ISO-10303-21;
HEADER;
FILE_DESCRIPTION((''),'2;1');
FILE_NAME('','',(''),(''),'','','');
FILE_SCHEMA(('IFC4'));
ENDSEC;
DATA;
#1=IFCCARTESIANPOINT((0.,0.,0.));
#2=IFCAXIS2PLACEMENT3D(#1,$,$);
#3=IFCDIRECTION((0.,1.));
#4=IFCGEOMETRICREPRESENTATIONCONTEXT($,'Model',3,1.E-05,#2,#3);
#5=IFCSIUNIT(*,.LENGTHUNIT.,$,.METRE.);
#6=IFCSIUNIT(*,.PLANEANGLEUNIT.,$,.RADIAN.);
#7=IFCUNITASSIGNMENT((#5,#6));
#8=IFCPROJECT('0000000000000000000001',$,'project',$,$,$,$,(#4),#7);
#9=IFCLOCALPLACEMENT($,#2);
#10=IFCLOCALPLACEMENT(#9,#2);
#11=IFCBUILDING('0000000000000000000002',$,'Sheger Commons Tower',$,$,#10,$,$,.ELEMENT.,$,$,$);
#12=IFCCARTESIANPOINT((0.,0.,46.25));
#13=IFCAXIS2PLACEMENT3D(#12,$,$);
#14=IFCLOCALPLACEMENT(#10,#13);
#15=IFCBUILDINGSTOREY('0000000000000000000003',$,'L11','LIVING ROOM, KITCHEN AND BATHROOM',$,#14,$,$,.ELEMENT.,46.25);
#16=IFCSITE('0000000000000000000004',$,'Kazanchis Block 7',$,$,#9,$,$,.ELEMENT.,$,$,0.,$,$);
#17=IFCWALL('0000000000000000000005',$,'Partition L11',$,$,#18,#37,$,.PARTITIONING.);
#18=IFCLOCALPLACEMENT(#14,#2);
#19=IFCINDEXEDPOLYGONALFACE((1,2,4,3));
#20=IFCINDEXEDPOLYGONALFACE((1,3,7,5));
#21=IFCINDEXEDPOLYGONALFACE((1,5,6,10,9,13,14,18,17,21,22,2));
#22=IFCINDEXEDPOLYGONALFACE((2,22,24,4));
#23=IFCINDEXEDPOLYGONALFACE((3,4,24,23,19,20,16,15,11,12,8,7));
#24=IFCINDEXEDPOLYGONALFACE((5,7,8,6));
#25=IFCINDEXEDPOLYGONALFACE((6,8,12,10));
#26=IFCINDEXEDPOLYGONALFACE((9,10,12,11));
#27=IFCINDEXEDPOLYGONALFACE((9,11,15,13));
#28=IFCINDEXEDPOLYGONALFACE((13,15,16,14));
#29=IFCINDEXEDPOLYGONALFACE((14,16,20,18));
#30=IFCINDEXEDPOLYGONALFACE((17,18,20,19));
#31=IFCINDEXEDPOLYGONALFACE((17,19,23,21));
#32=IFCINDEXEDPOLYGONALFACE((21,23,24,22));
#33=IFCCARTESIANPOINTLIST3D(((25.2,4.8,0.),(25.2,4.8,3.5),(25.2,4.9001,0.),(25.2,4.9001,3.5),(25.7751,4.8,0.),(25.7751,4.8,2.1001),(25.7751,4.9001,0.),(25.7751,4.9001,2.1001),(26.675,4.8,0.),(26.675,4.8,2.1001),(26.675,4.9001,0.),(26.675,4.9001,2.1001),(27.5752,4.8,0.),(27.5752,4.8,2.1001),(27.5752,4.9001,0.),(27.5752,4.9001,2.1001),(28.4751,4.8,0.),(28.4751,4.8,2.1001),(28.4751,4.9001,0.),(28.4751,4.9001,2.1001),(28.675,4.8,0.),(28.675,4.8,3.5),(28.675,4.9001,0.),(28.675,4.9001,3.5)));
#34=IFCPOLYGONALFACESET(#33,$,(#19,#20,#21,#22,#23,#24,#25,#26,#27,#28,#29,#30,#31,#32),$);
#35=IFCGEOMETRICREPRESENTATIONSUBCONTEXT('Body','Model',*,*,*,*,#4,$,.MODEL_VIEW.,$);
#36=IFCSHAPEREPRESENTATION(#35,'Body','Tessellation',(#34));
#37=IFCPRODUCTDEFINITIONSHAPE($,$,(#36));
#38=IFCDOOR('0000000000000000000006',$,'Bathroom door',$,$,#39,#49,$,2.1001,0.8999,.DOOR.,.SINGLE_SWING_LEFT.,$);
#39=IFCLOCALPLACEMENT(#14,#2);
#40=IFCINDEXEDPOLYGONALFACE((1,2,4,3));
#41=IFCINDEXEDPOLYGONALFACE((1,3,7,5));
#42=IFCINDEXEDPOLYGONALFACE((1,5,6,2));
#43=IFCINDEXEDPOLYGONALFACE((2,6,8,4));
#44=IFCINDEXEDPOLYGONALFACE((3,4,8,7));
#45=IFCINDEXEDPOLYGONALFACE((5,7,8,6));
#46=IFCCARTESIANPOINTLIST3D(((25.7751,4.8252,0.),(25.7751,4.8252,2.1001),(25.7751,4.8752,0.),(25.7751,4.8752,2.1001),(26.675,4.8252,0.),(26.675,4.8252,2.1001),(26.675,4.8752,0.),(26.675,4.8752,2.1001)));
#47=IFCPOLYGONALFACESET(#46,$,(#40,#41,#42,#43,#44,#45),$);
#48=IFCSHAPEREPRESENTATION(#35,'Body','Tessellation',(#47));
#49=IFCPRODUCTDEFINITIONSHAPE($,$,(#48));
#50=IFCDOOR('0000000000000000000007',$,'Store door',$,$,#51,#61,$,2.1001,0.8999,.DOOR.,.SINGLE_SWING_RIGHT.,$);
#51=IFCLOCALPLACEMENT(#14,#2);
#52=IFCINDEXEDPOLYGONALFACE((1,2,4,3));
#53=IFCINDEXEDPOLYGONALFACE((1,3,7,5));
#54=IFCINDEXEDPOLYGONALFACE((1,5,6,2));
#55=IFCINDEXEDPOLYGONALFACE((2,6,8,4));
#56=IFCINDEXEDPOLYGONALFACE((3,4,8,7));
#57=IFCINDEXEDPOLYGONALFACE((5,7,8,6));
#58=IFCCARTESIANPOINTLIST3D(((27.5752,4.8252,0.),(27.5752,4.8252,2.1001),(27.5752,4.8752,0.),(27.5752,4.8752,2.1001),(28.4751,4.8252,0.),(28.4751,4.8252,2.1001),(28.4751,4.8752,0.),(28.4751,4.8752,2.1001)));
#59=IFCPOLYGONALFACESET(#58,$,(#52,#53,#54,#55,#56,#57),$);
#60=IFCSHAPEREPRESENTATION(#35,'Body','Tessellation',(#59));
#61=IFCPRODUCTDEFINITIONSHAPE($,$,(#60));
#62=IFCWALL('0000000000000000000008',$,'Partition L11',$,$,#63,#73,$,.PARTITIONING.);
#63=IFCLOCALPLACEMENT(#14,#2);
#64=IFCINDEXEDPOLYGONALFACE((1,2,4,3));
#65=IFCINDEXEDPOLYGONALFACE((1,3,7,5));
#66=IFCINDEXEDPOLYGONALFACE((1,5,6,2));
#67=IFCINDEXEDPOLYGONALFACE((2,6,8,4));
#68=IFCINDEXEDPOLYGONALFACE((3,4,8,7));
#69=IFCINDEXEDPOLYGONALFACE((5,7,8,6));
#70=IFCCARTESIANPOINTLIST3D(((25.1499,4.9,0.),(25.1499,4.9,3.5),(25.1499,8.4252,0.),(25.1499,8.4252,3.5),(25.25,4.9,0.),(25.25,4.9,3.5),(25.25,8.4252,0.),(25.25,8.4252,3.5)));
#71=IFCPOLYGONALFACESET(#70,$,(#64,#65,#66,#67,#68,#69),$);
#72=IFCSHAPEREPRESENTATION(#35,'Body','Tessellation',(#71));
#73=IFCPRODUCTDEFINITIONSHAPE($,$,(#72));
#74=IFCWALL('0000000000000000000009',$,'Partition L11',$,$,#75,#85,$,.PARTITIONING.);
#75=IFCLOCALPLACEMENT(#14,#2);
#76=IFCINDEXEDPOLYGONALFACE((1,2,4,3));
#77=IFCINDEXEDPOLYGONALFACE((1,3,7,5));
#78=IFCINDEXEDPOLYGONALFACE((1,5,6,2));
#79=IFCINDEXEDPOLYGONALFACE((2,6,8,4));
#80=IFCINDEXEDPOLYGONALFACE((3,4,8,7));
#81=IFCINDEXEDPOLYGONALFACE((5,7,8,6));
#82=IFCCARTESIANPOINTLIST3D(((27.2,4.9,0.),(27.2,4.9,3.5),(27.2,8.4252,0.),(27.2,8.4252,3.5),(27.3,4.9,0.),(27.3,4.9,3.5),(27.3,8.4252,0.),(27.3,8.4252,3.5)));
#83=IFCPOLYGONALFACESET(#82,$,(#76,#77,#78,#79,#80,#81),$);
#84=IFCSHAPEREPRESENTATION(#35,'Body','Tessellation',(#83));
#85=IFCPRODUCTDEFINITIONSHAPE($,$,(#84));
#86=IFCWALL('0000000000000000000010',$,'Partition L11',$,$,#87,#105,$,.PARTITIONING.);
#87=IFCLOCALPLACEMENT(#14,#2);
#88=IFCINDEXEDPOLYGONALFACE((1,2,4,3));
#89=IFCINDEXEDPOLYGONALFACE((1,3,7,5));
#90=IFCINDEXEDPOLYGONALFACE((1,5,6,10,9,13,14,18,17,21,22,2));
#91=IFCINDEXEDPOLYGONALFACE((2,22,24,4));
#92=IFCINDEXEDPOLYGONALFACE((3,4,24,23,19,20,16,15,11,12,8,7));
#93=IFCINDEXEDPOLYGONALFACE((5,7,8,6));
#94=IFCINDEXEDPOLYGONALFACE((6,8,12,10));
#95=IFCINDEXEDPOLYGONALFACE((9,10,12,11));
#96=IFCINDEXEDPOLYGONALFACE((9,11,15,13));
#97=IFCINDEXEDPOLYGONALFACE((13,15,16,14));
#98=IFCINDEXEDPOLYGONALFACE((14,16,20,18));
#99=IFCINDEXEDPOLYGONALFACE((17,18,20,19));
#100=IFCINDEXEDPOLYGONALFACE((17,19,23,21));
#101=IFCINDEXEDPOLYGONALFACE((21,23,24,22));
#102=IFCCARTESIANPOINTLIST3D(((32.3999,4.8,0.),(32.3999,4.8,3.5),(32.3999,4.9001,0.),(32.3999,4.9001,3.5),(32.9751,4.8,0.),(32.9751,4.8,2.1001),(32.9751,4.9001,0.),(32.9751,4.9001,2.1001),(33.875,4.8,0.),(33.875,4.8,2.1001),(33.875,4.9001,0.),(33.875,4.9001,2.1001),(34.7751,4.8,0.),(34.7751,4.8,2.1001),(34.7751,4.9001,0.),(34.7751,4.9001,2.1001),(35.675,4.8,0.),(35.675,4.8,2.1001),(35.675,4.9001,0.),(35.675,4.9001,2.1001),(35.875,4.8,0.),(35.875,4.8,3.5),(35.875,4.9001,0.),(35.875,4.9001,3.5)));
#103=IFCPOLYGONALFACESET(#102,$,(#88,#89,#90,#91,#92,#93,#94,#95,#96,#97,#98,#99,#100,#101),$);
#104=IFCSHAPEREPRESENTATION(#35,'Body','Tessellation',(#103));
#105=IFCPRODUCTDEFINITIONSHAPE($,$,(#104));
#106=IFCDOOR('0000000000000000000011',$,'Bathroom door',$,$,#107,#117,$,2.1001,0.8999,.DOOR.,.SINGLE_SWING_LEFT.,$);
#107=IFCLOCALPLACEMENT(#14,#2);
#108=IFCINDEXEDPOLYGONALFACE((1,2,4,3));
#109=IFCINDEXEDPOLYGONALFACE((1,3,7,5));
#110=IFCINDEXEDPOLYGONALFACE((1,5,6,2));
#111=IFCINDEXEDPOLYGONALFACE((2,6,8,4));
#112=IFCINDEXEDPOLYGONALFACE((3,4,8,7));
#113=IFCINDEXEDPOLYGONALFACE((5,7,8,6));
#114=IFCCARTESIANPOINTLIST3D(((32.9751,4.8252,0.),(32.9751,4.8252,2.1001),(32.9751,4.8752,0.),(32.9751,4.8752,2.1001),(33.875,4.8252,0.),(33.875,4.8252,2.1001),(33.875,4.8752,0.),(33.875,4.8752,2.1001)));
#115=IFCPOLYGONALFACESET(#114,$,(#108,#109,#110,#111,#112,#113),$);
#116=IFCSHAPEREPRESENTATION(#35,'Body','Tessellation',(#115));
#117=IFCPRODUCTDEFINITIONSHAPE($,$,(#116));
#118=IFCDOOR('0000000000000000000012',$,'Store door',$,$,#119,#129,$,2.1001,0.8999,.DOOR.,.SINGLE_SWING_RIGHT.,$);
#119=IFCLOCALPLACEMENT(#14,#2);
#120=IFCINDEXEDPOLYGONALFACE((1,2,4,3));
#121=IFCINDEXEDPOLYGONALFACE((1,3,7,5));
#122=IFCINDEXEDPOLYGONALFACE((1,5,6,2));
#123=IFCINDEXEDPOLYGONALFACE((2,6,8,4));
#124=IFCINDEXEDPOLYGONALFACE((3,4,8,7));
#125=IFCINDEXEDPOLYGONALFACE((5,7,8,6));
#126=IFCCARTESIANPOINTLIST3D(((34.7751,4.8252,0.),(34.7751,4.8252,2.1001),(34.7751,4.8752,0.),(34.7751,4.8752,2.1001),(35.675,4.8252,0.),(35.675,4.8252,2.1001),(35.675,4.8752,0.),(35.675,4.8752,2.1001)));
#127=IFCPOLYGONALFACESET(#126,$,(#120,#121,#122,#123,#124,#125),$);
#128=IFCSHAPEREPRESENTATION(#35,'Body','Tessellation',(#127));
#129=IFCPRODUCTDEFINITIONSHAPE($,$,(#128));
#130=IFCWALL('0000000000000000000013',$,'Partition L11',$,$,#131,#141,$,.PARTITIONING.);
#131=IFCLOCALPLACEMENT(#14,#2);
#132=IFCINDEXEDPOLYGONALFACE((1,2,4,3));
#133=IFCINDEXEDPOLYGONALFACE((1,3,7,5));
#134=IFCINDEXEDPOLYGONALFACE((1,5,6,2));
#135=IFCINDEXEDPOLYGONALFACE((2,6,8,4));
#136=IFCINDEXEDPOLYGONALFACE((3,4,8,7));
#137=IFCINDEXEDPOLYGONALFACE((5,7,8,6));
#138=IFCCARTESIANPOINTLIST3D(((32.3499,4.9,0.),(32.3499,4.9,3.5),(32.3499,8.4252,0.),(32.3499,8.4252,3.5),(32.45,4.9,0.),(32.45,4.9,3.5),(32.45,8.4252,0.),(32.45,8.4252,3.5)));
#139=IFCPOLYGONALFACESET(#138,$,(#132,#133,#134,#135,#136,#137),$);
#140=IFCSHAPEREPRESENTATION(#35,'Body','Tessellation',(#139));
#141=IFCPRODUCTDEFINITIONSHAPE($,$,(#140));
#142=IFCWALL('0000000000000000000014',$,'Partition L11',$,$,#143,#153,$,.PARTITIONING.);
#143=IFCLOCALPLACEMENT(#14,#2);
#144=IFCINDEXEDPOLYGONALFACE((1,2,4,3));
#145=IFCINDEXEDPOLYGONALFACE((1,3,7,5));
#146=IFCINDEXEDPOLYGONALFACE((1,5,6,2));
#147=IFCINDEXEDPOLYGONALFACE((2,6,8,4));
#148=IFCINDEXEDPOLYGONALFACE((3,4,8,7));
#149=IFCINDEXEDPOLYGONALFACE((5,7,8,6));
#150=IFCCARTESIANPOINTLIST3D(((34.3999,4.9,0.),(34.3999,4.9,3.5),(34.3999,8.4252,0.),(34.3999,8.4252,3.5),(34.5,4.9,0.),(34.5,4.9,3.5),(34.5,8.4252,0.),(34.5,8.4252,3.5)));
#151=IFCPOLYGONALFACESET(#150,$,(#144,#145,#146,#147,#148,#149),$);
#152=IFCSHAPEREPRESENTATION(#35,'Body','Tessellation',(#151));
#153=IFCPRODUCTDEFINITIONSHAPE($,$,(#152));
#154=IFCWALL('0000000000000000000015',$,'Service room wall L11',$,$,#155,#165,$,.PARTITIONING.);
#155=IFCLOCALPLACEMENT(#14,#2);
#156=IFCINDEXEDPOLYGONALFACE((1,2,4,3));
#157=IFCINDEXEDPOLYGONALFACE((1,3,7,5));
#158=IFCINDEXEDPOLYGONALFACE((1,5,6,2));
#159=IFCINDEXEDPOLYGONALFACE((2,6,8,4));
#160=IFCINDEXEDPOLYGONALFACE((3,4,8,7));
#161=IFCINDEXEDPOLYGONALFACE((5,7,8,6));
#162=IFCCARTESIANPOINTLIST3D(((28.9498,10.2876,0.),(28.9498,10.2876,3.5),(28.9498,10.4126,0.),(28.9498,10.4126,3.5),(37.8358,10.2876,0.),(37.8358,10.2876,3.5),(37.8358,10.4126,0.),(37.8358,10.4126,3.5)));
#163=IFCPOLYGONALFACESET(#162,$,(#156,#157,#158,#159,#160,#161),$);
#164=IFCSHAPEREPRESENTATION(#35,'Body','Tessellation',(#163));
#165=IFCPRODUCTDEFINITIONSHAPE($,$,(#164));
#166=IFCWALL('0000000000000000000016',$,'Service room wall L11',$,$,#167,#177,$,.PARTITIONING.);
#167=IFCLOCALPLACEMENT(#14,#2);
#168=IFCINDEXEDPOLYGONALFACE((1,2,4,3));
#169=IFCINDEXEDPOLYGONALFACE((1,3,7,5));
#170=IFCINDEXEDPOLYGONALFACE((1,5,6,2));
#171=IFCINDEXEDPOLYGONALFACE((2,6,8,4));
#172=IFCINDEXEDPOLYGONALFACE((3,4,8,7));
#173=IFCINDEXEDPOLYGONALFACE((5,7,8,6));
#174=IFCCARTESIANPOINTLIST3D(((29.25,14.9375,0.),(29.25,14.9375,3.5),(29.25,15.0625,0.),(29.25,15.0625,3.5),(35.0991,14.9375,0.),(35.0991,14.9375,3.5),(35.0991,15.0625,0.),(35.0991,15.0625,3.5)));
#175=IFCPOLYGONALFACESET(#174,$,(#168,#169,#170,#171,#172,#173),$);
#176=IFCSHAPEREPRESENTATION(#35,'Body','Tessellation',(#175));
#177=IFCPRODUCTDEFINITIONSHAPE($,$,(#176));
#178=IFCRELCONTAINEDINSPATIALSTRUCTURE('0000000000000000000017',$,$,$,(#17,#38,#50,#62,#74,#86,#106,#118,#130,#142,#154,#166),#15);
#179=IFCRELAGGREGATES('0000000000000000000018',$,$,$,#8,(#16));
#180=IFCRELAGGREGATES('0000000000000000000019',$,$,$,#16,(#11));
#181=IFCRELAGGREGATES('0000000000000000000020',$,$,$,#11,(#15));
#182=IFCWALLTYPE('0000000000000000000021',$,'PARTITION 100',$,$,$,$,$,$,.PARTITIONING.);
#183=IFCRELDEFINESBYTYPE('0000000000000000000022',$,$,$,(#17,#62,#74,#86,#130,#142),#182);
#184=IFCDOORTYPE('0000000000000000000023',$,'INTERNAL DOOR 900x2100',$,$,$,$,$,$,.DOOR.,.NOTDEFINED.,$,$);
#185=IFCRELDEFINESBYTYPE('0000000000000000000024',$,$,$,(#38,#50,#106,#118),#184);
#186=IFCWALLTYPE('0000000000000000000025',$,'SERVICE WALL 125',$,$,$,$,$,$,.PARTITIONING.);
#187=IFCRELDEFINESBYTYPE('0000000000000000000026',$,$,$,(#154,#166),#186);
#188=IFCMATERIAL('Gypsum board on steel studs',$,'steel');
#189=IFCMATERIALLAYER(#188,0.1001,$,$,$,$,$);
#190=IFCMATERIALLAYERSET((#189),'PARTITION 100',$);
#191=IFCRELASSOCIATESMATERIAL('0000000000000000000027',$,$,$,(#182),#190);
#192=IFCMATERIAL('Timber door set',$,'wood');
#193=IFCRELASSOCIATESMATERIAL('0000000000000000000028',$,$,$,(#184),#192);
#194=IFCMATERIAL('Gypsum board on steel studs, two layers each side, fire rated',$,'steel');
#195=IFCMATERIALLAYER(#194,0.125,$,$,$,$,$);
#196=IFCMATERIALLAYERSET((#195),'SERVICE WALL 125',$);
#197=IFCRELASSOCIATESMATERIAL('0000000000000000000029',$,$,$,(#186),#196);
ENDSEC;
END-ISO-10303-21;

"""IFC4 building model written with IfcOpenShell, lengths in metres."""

from ifc_helpers import new_model, si_unit, direction, frame, frame_2d, origin, place, context, subcontext, project, spatial, rectangle, extrude, material, layer, layer_set, type_object, element, fill, save


model = new_model("IFC4")

# Units and contexts
model_context = context("Model", 3, precision=1e-05, world=origin(), true_north=direction((0.0, 1.0)))
body_context = subcontext(model_context, "Body", "Model", "MODEL_VIEW")
ifc_project = project(units=[si_unit("LENGTHUNIT", "METRE"), si_unit("PLANEANGLEUNIT", "RADIAN")], contexts=[model_context])

# Site, building, storey
site_placement = place(None, origin())
site = spatial("IfcSite", under=ifc_project, at=site_placement, Name="Kazanchis Block 7", CompositionType="ELEMENT", RefElevation=0.0)
building_placement = place(site_placement, origin())
building = spatial("IfcBuilding", under=site, at=building_placement, Name="Sheger Commons Tower", CompositionType="ELEMENT")
storey_placement = place(building_placement, frame((0.0, 0.0, 46.25)))
storey = spatial("IfcBuildingStorey", under=building, at=storey_placement, Name="L11", Description="LIVING ROOM, KITCHEN AND BATHROOM", CompositionType="ELEMENT", Elevation=46.25)

# Wall, openings, doors
ifc_material_1 = material(Name="Gypsum board on steel studs", Category="steel")
ifc_layer_1 = layer(ifc_material_1, 0.1001)
ifc_layer_set_1 = layer_set([ifc_layer_1], Name="PARTITION 100")
wall_type_1 = type_object("IfcWallType", Name="PARTITION 100", PredefinedType="PARTITIONING", material=ifc_layer_set_1)
wall_1_placement = place(storey_placement, frame((28.675, 4.8501, 0.0), z_axis=(0.0, 0.0, 1.0), x_axis=(-1.0, 0.0, 0.0)))
wall_1 = element("IfcWall", 1, at=wall_1_placement, inside=storey, type_object=wall_type_1, Name="Partition L11", PredefinedType="PARTITIONING", context=body_context, shape_type="SweptSolid", body=[
    extrude(rectangle(XDim=3.4751, YDim=0.1001, at=frame_2d((1.7375, 0.0))), origin(), (0.0, 0.0, 1.0), 3.5),
])
opening_1_placement = place(wall_1_placement, frame((2.0, 0.0, 0.0)))
opening_1 = element("IfcOpeningElement", 2, at=opening_1_placement, cuts=wall_1, PredefinedType="OPENING", context=body_context, shape_type="SweptSolid", body=[
    extrude(rectangle(XDim=0.8999, YDim=2.1001, at=frame_2d((0.45, 1.05))), frame((0.0, 0.0601, 0.0), z_axis=(0.0, -1.0, 0.0), x_axis=(1.0, 0.0, 0.0)), (0.0, 0.0, 1.0), 0.1201),
])
opening_2_placement = place(wall_1_placement, frame((0.2, 0.0, 0.0)))
opening_2 = element("IfcOpeningElement", 3, at=opening_2_placement, cuts=wall_1, PredefinedType="OPENING", context=body_context, shape_type="SweptSolid", body=[
    extrude(rectangle(XDim=0.8999, YDim=2.1001, at=frame_2d((0.45, 1.05))), frame((0.0, 0.0601, 0.0), z_axis=(0.0, -1.0, 0.0), x_axis=(1.0, 0.0, 0.0)), (0.0, 0.0, 1.0), 0.1201),
])
ifc_material_2 = material(Name="Timber door set", Category="wood")
door_type_1 = type_object("IfcDoorType", Name="INTERNAL DOOR 900x2100", OperationType="NOTDEFINED", PredefinedType="DOOR", material=ifc_material_2)
door_1_placement = place(opening_1_placement, origin())
door_1 = element("IfcDoor", 4, at=door_1_placement, inside=storey, type_object=door_type_1, Name="Bathroom door", OperationType="SINGLE_SWING_LEFT", OverallHeight=2.1001, OverallWidth=0.8999, PredefinedType="DOOR", context=body_context, shape_type="SweptSolid", body=[
    extrude(rectangle(XDim=0.8999, YDim=2.1001, at=frame_2d((0.45, 1.05))), frame((0.0, 0.0249, 0.0), z_axis=(0.0, -1.0, 0.0), x_axis=(1.0, 0.0, 0.0)), (0.0, 0.0, 1.0), 0.05),
])
fill(opening_1, door_1)
door_2_placement = place(opening_2_placement, origin())
door_2 = element("IfcDoor", 5, at=door_2_placement, inside=storey, type_object=door_type_1, Name="Store door", OperationType="SINGLE_SWING_RIGHT", OverallHeight=2.1001, OverallWidth=0.8999, PredefinedType="DOOR", context=body_context, shape_type="SweptSolid", body=[
    extrude(rectangle(XDim=0.8999, YDim=2.1001, at=frame_2d((0.45, 1.05))), frame((0.0, 0.0249, 0.0), z_axis=(0.0, -1.0, 0.0), x_axis=(1.0, 0.0, 0.0)), (0.0, 0.0, 1.0), 0.05),
])
fill(opening_2, door_2)

# Walls
for number, where, z_axis, x_axis, name in (
    (6, (25.2, 4.8999, 0.0), (0.0, 0.0, 1.0), (0.0, 1.0, 0.0), "Partition L11"),
    (7, (27.25, 4.8999, 0.0), (0.0, 0.0, 1.0), (0.0, 1.0, 0.0), "Partition L11"),
):
    element("IfcWall", number, at=place(storey_placement, frame(where, z_axis=z_axis, x_axis=x_axis)), inside=storey, type_object=wall_type_1, Name=name, PredefinedType="PARTITIONING", context=body_context, shape_type="SweptSolid", body=[
        extrude(rectangle(XDim=3.5251, YDim=0.1001, at=frame_2d((1.7627, 0.0))), origin(), (0.0, 0.0, 1.0), 3.5),
    ])

# Wall, openings, doors
wall_2_placement = place(storey_placement, frame((35.875, 4.8501, 0.0), z_axis=(0.0, 0.0, 1.0), x_axis=(-1.0, 0.0, 0.0)))
wall_2 = element("IfcWall", 8, at=wall_2_placement, inside=storey, type_object=wall_type_1, Name="Partition L11", PredefinedType="PARTITIONING", context=body_context, shape_type="SweptSolid", body=[
    extrude(rectangle(XDim=3.4751, YDim=0.1001, at=frame_2d((1.7375, 0.0))), origin(), (0.0, 0.0, 1.0), 3.5),
])
opening_3_placement = place(wall_2_placement, frame((2.0, 0.0, 0.0)))
opening_3 = element("IfcOpeningElement", 9, at=opening_3_placement, cuts=wall_2, PredefinedType="OPENING", context=body_context, shape_type="SweptSolid", body=[
    extrude(rectangle(XDim=0.8999, YDim=2.1001, at=frame_2d((0.45, 1.05))), frame((0.0, 0.0601, 0.0), z_axis=(0.0, -1.0, 0.0), x_axis=(1.0, 0.0, 0.0)), (0.0, 0.0, 1.0), 0.1201),
])
opening_4_placement = place(wall_2_placement, frame((0.2, 0.0, 0.0)))
opening_4 = element("IfcOpeningElement", 10, at=opening_4_placement, cuts=wall_2, PredefinedType="OPENING", context=body_context, shape_type="SweptSolid", body=[
    extrude(rectangle(XDim=0.8999, YDim=2.1001, at=frame_2d((0.45, 1.05))), frame((0.0, 0.0601, 0.0), z_axis=(0.0, -1.0, 0.0), x_axis=(1.0, 0.0, 0.0)), (0.0, 0.0, 1.0), 0.1201),
])
door_3_placement = place(opening_3_placement, origin())
door_3 = element("IfcDoor", 11, at=door_3_placement, inside=storey, type_object=door_type_1, Name="Bathroom door", OperationType="SINGLE_SWING_LEFT", OverallHeight=2.1001, OverallWidth=0.8999, PredefinedType="DOOR", context=body_context, shape_type="SweptSolid", body=[
    extrude(rectangle(XDim=0.8999, YDim=2.1001, at=frame_2d((0.45, 1.05))), frame((0.0, 0.0249, 0.0), z_axis=(0.0, -1.0, 0.0), x_axis=(1.0, 0.0, 0.0)), (0.0, 0.0, 1.0), 0.05),
])
fill(opening_3, door_3)
door_4_placement = place(opening_4_placement, origin())
door_4 = element("IfcDoor", 12, at=door_4_placement, inside=storey, type_object=door_type_1, Name="Store door", OperationType="SINGLE_SWING_RIGHT", OverallHeight=2.1001, OverallWidth=0.8999, PredefinedType="DOOR", context=body_context, shape_type="SweptSolid", body=[
    extrude(rectangle(XDim=0.8999, YDim=2.1001, at=frame_2d((0.45, 1.05))), frame((0.0, 0.0249, 0.0), z_axis=(0.0, -1.0, 0.0), x_axis=(1.0, 0.0, 0.0)), (0.0, 0.0, 1.0), 0.05),
])
fill(opening_4, door_4)

# Walls
for number, where, z_axis, x_axis, name in (
    (13, (32.3999, 4.8999, 0.0), (0.0, 0.0, 1.0), (0.0, 1.0, 0.0), "Partition L11"),
    (14, (34.45, 4.8999, 0.0), (0.0, 0.0, 1.0), (0.0, 1.0, 0.0), "Partition L11"),
):
    element("IfcWall", number, at=place(storey_placement, frame(where, z_axis=z_axis, x_axis=x_axis)), inside=storey, type_object=wall_type_1, Name=name, PredefinedType="PARTITIONING", context=body_context, shape_type="SweptSolid", body=[
        extrude(rectangle(XDim=3.5251, YDim=0.1001, at=frame_2d((1.7627, 0.0))), origin(), (0.0, 0.0, 1.0), 3.5),
    ])
ifc_material_3 = material(Name="Gypsum board on steel studs, two layers each side, fire rated", Category="steel")
ifc_layer_2 = layer(ifc_material_3, 0.125)
ifc_layer_set_2 = layer_set([ifc_layer_2], Name="SERVICE WALL 125")
wall_type_2 = type_object("IfcWallType", Name="SERVICE WALL 125", PredefinedType="PARTITIONING", material=ifc_layer_set_2)
wall_3_placement = place(storey_placement, frame((28.95, 10.3501, 0.0), z_axis=(0.0, 0.0, 1.0), x_axis=(1.0, 0.0, 0.0)))
element("IfcWall", 15, at=wall_3_placement, inside=storey, type_object=wall_type_2, Name="Service room wall L11", PredefinedType="PARTITIONING", context=body_context, shape_type="SweptSolid", body=[
    extrude(rectangle(XDim=8.886, YDim=0.125, at=frame_2d((4.4429, 0.0))), origin(), (0.0, 0.0, 1.0), 3.5),
])
wall_4_placement = place(storey_placement, frame((29.25, 15.0, 0.0), z_axis=(0.0, 0.0, 1.0), x_axis=(1.0, 0.0, 0.0)))
element("IfcWall", 16, at=wall_4_placement, inside=storey, type_object=wall_type_2, Name="Service room wall L11", PredefinedType="PARTITIONING", context=body_context, shape_type="SweptSolid", body=[
    extrude(rectangle(XDim=5.8491, YDim=0.125, at=frame_2d((2.9246, 0.0))), origin(), (0.0, 0.0, 1.0), 3.5),
])

save(model, "model.ifc")
